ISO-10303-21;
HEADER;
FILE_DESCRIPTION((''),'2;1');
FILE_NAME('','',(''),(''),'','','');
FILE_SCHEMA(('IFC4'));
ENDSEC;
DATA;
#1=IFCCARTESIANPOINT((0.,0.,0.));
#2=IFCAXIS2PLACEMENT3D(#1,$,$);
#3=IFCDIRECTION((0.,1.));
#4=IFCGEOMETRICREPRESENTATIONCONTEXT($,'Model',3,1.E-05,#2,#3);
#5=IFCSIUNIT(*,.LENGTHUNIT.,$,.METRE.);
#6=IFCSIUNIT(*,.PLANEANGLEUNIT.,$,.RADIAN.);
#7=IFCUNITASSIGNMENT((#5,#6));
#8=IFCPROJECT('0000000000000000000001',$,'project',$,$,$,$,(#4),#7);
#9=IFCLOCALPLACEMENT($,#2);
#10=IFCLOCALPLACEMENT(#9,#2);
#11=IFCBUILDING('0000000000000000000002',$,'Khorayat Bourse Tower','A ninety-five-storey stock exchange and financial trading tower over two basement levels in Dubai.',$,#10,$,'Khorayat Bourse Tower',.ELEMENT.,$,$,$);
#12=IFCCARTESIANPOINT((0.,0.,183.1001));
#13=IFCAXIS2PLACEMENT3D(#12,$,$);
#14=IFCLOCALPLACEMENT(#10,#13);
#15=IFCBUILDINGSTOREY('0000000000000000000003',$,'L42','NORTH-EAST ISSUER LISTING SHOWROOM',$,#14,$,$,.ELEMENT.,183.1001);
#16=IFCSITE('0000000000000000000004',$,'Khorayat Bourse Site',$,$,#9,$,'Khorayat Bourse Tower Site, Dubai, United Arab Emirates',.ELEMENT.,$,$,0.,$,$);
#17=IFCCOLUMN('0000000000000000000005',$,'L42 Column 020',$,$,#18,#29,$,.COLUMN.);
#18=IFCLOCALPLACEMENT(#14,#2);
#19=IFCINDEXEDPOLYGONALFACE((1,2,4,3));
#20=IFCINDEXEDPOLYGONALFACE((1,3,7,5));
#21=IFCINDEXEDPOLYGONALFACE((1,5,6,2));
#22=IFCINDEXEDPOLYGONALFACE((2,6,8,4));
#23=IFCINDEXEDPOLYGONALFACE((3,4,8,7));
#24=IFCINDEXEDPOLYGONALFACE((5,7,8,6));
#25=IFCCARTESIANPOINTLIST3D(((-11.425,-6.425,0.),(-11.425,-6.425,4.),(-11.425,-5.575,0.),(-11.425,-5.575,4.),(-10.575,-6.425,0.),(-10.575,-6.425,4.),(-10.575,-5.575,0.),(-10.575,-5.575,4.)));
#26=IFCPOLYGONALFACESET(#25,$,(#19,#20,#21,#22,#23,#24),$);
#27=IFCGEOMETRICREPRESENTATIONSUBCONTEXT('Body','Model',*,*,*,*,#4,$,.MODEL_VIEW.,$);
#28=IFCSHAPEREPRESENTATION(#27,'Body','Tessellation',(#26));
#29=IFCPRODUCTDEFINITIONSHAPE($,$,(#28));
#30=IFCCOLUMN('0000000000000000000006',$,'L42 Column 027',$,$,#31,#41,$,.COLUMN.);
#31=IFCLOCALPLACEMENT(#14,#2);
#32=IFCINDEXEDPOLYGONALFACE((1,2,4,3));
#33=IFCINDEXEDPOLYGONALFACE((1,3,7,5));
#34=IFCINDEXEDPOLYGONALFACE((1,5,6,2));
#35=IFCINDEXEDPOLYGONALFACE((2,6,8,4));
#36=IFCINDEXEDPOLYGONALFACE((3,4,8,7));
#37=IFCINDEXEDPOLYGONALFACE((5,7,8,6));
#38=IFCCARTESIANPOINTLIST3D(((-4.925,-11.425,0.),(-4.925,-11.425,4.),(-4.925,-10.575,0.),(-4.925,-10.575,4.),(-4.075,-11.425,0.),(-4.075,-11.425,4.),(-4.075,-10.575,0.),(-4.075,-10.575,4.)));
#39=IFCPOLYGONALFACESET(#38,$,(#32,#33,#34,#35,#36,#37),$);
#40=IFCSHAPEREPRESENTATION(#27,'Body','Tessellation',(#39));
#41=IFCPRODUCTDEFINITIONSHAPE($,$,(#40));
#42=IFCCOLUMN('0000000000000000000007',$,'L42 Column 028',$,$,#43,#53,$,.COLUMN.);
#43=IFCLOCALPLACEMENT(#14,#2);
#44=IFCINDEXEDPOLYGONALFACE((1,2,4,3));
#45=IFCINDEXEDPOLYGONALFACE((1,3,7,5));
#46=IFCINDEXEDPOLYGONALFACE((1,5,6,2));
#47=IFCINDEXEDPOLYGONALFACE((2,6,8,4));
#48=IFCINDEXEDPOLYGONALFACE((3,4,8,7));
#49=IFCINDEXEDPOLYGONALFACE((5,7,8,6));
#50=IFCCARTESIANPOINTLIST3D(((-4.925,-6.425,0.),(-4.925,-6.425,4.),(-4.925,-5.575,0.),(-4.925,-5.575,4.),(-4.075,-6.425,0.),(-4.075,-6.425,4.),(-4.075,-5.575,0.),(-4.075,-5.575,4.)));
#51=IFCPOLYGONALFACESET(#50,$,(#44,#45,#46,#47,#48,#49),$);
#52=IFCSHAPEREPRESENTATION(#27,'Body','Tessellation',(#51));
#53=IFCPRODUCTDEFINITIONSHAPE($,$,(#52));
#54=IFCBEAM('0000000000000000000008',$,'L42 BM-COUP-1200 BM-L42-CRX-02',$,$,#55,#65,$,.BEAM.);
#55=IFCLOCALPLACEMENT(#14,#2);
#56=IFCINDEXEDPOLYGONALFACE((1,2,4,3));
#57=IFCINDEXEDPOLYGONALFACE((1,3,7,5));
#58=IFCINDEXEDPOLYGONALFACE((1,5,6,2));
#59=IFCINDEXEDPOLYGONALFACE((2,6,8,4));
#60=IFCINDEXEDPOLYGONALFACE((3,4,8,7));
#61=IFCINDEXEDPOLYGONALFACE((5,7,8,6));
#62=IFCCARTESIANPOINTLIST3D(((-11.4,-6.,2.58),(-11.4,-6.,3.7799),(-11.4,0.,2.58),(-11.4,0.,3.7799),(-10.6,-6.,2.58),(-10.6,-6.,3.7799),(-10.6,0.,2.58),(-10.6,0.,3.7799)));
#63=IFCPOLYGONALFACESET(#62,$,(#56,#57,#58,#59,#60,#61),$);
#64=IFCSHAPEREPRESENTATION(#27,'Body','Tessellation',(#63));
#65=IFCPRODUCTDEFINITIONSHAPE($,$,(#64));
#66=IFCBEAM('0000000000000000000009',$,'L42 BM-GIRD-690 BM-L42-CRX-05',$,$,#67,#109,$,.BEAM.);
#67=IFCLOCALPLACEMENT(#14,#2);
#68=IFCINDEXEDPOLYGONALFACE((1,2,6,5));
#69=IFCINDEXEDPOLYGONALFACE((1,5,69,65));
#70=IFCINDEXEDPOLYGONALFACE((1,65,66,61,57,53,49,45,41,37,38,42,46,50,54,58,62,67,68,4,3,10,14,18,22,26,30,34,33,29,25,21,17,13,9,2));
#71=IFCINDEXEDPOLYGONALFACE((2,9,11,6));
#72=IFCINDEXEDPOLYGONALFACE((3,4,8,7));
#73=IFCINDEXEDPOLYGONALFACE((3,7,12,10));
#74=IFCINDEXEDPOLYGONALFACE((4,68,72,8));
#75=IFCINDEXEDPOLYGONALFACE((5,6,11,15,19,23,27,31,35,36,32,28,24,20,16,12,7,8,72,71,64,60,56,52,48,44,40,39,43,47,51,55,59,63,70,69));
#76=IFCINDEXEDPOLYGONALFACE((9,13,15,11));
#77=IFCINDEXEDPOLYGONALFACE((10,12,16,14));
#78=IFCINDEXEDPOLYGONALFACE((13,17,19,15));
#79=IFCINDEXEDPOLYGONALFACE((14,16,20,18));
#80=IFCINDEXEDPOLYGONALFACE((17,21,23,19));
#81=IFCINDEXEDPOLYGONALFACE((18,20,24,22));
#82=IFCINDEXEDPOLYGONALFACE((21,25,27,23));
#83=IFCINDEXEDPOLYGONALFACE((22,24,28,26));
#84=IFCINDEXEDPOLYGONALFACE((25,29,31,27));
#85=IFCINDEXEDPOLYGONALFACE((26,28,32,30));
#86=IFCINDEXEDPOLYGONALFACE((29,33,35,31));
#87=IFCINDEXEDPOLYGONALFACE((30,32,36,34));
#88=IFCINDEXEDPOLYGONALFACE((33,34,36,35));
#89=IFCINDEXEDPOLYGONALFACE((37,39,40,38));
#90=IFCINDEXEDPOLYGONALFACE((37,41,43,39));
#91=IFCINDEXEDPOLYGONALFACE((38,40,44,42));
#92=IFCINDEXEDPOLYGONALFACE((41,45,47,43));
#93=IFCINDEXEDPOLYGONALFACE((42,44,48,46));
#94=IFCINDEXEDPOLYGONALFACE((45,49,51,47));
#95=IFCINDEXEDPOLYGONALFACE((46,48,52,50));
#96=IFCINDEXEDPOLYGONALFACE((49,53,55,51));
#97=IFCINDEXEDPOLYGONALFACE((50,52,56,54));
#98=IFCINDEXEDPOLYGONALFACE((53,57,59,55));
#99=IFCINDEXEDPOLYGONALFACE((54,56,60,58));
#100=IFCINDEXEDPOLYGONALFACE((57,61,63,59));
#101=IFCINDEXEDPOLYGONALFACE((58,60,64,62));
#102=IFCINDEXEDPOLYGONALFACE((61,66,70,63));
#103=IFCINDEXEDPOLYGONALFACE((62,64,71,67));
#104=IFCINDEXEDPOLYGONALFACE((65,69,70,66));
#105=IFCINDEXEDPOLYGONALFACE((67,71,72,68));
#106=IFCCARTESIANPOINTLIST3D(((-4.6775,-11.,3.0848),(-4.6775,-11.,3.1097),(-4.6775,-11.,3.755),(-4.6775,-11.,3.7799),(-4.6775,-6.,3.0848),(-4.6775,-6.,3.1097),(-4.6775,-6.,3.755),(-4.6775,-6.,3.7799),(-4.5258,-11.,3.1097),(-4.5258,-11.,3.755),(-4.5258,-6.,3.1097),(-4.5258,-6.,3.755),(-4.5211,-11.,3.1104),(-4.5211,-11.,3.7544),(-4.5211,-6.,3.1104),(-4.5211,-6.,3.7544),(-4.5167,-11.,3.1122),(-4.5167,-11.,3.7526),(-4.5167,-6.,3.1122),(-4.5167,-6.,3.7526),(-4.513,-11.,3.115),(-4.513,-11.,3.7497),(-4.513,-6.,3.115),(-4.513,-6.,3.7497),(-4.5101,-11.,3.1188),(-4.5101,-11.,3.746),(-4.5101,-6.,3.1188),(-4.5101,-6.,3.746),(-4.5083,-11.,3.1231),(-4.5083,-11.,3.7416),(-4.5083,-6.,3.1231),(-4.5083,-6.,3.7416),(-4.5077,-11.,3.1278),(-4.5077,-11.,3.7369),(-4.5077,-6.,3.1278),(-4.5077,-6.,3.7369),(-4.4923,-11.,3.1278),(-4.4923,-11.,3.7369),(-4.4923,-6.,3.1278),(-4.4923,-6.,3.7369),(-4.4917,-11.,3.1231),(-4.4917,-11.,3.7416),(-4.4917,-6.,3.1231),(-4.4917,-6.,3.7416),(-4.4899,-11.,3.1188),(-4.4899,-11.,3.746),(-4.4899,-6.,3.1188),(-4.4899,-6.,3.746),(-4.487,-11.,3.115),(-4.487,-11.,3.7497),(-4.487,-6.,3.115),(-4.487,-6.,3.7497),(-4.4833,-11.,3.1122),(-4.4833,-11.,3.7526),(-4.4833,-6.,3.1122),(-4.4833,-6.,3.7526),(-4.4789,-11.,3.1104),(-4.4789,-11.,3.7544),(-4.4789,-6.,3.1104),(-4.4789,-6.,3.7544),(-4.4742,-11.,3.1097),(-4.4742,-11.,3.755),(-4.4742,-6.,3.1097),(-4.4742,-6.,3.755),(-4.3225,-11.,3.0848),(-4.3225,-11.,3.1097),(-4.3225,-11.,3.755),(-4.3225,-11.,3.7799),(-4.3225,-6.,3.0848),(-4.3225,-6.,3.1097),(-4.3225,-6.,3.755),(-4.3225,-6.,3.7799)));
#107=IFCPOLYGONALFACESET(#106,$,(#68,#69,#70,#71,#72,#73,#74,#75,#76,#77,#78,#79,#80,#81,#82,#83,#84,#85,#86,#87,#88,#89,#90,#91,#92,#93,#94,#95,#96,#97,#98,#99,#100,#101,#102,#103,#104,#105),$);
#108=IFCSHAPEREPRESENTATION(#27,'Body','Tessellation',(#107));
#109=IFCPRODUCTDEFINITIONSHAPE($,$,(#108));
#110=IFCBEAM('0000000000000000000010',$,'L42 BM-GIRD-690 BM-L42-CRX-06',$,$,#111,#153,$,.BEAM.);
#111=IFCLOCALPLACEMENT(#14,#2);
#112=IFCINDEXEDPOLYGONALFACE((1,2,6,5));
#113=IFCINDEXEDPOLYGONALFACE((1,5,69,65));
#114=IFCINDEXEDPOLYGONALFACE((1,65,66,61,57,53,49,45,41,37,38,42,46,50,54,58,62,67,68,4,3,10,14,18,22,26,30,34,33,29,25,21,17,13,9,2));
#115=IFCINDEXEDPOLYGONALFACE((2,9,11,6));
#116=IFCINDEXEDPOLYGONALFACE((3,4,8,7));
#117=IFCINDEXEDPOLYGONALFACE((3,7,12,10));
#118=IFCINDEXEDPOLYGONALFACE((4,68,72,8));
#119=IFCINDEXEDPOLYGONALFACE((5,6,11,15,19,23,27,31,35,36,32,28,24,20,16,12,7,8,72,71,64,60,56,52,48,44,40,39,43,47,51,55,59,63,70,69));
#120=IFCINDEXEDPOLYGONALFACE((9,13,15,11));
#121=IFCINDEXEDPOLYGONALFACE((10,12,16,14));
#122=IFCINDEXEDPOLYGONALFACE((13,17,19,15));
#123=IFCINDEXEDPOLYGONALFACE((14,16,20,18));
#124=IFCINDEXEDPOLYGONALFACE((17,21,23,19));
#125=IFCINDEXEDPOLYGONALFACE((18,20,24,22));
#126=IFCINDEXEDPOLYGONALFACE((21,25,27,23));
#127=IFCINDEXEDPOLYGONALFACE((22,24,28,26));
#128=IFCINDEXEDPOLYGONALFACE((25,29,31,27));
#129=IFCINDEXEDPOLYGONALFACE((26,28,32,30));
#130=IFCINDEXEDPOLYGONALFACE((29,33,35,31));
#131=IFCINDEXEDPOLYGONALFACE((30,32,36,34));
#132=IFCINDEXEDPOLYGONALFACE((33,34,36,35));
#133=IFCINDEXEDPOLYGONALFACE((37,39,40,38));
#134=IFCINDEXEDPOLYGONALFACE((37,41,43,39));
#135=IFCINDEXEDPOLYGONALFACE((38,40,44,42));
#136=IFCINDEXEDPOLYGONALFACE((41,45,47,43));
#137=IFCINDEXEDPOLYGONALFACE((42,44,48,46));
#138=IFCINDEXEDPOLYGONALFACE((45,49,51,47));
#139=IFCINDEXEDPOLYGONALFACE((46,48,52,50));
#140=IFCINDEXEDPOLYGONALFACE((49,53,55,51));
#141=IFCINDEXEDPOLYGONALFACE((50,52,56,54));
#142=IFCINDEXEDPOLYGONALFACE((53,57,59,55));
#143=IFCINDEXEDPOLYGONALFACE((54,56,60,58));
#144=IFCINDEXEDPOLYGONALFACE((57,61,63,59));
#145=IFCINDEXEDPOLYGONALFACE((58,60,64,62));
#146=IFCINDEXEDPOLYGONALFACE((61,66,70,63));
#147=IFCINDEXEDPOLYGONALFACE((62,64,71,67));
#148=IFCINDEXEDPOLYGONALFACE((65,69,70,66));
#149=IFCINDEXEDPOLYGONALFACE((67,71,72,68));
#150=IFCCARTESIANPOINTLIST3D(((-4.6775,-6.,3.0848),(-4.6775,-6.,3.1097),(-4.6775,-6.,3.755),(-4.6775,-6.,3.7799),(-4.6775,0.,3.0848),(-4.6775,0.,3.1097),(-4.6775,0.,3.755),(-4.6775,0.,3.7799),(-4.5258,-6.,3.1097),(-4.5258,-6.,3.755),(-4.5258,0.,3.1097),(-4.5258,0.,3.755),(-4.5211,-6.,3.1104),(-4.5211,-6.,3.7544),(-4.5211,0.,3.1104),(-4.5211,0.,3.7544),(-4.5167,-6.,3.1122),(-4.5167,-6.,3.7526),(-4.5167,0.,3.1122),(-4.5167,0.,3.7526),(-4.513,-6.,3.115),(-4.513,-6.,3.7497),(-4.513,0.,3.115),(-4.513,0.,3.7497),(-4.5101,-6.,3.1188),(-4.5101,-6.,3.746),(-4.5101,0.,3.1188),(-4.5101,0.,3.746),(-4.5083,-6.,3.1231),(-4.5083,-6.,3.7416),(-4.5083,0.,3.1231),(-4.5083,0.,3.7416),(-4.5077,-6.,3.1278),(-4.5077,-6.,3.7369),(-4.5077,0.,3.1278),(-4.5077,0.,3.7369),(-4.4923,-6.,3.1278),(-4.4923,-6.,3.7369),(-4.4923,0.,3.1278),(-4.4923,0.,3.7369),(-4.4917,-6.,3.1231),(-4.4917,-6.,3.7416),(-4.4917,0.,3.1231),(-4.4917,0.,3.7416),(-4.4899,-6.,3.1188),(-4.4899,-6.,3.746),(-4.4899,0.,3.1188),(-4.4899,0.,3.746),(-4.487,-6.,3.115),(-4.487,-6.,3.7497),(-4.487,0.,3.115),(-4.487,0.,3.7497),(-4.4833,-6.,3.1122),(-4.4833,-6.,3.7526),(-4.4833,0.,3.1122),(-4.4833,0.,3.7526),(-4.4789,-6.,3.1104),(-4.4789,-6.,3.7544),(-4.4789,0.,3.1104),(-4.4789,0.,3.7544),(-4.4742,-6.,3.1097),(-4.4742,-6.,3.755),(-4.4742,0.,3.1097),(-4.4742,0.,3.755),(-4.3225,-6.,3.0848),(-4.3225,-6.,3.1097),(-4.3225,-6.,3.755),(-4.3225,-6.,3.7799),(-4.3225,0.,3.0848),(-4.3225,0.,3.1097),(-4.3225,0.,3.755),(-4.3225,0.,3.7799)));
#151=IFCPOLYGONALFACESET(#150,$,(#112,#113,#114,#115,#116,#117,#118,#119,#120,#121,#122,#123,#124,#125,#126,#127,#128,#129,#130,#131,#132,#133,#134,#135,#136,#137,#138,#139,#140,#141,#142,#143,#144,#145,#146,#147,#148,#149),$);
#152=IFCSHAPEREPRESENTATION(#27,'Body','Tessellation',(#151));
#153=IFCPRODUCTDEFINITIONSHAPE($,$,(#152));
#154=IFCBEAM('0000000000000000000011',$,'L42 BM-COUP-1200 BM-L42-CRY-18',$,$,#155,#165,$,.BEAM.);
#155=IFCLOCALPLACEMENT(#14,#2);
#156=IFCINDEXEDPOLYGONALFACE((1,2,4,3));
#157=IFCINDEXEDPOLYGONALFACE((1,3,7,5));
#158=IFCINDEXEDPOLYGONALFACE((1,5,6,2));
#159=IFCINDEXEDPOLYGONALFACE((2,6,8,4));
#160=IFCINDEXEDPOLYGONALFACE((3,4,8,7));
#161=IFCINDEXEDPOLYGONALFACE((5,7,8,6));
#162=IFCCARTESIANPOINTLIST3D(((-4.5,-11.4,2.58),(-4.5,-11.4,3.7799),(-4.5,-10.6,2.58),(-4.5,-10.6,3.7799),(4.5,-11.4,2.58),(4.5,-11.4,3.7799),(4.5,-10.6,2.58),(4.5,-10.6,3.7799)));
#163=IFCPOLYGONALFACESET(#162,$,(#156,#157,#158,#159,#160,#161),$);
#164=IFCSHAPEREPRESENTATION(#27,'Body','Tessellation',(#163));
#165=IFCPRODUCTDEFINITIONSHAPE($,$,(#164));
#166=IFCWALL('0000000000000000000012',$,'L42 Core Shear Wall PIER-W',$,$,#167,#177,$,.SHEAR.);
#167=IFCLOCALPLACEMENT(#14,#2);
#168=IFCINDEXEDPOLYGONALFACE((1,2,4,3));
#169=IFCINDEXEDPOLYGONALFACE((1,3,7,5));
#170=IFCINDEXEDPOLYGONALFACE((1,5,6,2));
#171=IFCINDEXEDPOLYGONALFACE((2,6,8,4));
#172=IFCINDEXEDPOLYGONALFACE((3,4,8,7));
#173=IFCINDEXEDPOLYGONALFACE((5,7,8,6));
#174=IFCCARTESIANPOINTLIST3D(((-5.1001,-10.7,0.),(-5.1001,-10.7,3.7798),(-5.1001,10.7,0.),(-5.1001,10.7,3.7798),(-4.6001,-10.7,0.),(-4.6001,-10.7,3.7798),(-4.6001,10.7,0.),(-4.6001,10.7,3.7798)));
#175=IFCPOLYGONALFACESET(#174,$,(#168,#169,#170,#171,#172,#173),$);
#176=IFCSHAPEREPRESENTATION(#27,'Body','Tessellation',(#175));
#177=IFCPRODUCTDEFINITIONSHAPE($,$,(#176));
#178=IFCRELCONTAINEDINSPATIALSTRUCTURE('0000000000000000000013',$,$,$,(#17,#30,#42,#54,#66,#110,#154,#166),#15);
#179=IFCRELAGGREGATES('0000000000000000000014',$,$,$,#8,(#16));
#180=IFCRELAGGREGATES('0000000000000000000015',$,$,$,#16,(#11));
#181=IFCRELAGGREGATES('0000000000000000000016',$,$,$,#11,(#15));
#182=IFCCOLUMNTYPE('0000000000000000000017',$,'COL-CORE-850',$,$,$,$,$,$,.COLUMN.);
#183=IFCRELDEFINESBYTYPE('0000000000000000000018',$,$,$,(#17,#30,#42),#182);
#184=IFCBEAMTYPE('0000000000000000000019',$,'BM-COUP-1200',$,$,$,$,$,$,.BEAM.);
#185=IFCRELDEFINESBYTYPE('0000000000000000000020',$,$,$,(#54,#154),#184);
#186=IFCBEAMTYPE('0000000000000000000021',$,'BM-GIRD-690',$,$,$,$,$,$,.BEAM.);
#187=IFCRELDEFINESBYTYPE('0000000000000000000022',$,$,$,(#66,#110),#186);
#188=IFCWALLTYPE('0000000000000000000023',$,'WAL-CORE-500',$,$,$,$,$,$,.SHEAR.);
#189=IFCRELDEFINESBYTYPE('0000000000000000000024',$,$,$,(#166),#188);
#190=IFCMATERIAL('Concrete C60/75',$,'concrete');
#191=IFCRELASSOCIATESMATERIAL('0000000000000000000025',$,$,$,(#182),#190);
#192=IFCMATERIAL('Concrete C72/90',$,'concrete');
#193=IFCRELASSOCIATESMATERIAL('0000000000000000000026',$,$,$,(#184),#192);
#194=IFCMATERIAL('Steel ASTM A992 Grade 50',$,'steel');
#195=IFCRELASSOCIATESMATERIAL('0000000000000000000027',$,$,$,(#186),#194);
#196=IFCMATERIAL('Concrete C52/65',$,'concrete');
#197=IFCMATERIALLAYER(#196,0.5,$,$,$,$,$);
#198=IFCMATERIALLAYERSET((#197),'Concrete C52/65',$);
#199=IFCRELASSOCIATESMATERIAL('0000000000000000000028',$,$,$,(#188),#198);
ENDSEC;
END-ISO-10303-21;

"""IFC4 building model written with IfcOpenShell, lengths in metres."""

from ifc_helpers import new_model, si_unit, direction, frame, frame_2d, origin, origin_2d, place, context, subcontext, project, spatial, rectangle, i_section, extrude, source, transform, mapped, material, layer, layer_set, material_profile, profile_set, type_object, element, save


model = new_model("IFC4")

# Units and contexts
model_context = context("Model", 3, precision=1e-05, world=origin(), true_north=direction((0.0, 1.0)))
body_context = subcontext(model_context, "Body", "Model", "MODEL_VIEW")
ifc_project = project(units=[si_unit("LENGTHUNIT", "METRE"), si_unit("PLANEANGLEUNIT", "RADIAN")], contexts=[model_context])

# Site, building, storey
site_placement = place(None, origin())
site = spatial("IfcSite", under=ifc_project, at=site_placement, Name="Khorayat Bourse Site", LongName="Khorayat Bourse Tower Site, Dubai, United Arab Emirates", CompositionType="ELEMENT", RefElevation=0.0)
building_placement = place(site_placement, origin())
building = spatial("IfcBuilding", under=site, at=building_placement, Name="Khorayat Bourse Tower", Description="A ninety-five-storey stock exchange and financial trading tower over two basement levels in Dubai.", LongName="Khorayat Bourse Tower", CompositionType="ELEMENT")
storey_placement = place(building_placement, frame((0.0, 0.0, 183.1001)))
storey = spatial("IfcBuildingStorey", under=building, at=storey_placement, Name="L42", Description="NORTH-EAST ISSUER LISTING SHOWROOM", CompositionType="ELEMENT", Elevation=183.1001)

# Columns
ifc_material_1 = material(Name="Concrete C60/75", Category="concrete")
ifc_material_profile_1 = material_profile(ifc_material_1, rectangle(XDim=0.8501, YDim=0.8501, at=origin_2d()), Name="RC 850x850")
ifc_profile_set_1 = profile_set([ifc_material_profile_1], Name="Concrete C60/75")
column_type = type_object("IfcColumnType", Name="COL-CORE-850", PredefinedType="COLUMN", material=ifc_profile_set_1)
shared_shape_1 = source(origin(), body_context, "Body", "SweptSolid", [
    extrude(rectangle(XDim=0.8501, YDim=0.8501, at=origin_2d()), origin(), (0.0, 0.0, 1.0), 4.0),
])
for number, where, z_axis, x_axis, name in (
    (1, (-11.0, -6.0, 0.0), (0.0, 0.0, 1.0), (1.0, 0.0, 0.0), "L42 Column 020"),
    (2, (-4.5, -11.0, 0.0), (0.0, 0.0, 1.0), (1.0, 0.0, 0.0), "L42 Column 027"),
    (3, (-4.5, -6.0, 0.0), (0.0, 0.0, 1.0), (1.0, 0.0, 0.0), "L42 Column 028"),
):
    element("IfcColumn", number, at=place(storey_placement, frame(where, z_axis=z_axis, x_axis=x_axis)), inside=storey, type_object=column_type, Name=name, PredefinedType="COLUMN", context=body_context, shape_type="MappedRepresentation", body=[
        mapped(shared_shape_1, transform((0.0, 0.0, 0.0), scale=1.0)),
    ])

# Beams
ifc_material_2 = material(Name="Concrete C72/90", Category="concrete")
ifc_material_profile_2 = material_profile(ifc_material_2, rectangle(XDim=0.8, YDim=1.2, at=origin_2d()), Name="RC 800x1200")
ifc_profile_set_2 = profile_set([ifc_material_profile_2], Name="Concrete C72/90")
beam_type_1 = type_object("IfcBeamType", Name="BM-COUP-1200", PredefinedType="BEAM", material=ifc_profile_set_2)
shared_shape_2 = source(origin(), body_context, "Body", "SweptSolid", [
    extrude(rectangle(XDim=0.8, YDim=1.2, at=origin_2d()), origin(), (0.0, 0.0, 1.0), 6.0),
])
beam_1_placement = place(storey_placement, frame((-11.0, -6.0, 3.1799), z_axis=(0.0, 1.0, 0.0), x_axis=(-1.0, 0.0, 0.0)))
element("IfcBeam", 4, at=beam_1_placement, inside=storey, type_object=beam_type_1, Name="L42 BM-COUP-1200 BM-L42-CRX-02", PredefinedType="BEAM", context=body_context, shape_type="MappedRepresentation", body=[
    mapped(shared_shape_2, transform((0.0, 0.0, 0.0), scale=1.0)),
])
ifc_material_3 = material(Name="Steel ASTM A992 Grade 50", Category="steel")
ifc_material_profile_3 = material_profile(ifc_material_3, i_section(OverallWidth=0.355, OverallDepth=0.6951, WebThickness=0.0154, FlangeThickness=0.0249, FilletRadius=0.0181, at=origin_2d()), Name="W690X217")
ifc_profile_set_3 = profile_set([ifc_material_profile_3], Name="Steel ASTM A992 Grade 50")
beam_type_2 = type_object("IfcBeamType", Name="BM-GIRD-690", PredefinedType="BEAM", material=ifc_profile_set_3)
shared_shape_3 = source(origin(), body_context, "Body", "SweptSolid", [
    extrude(i_section(OverallWidth=0.355, OverallDepth=0.6951, WebThickness=0.0154, FlangeThickness=0.0249, FilletRadius=0.0181, at=origin_2d()), origin(), (0.0, 0.0, 1.0), 5.0),
])
beam_2_placement = place(storey_placement, frame((-4.5, -11.0, 3.4324), z_axis=(0.0, 1.0, 0.0), x_axis=(-1.0, 0.0, 0.0)))
element("IfcBeam", 5, at=beam_2_placement, inside=storey, type_object=beam_type_2, Name="L42 BM-GIRD-690 BM-L42-CRX-05", PredefinedType="BEAM", context=body_context, shape_type="MappedRepresentation", body=[
    mapped(shared_shape_3, transform((0.0, 0.0, 0.0), scale=1.0)),
])
shared_shape_4 = source(origin(), body_context, "Body", "SweptSolid", [
    extrude(i_section(OverallWidth=0.355, OverallDepth=0.6951, WebThickness=0.0154, FlangeThickness=0.0249, FilletRadius=0.0181, at=origin_2d()), origin(), (0.0, 0.0, 1.0), 6.0),
])
beam_3_placement = place(storey_placement, frame((-4.5, -6.0, 3.4324), z_axis=(0.0, 1.0, 0.0), x_axis=(-1.0, 0.0, 0.0)))
element("IfcBeam", 6, at=beam_3_placement, inside=storey, type_object=beam_type_2, Name="L42 BM-GIRD-690 BM-L42-CRX-06", PredefinedType="BEAM", context=body_context, shape_type="MappedRepresentation", body=[
    mapped(shared_shape_4, transform((0.0, 0.0, 0.0), scale=1.0)),
])
shared_shape_5 = source(origin(), body_context, "Body", "SweptSolid", [
    extrude(rectangle(XDim=0.8, YDim=1.2, at=origin_2d()), origin(), (0.0, 0.0, 1.0), 9.0),
])
beam_4_placement = place(storey_placement, frame((-4.5, -11.0, 3.1799), z_axis=(1.0, 0.0, 0.0), x_axis=(0.0, 1.0, 0.0)))
element("IfcBeam", 7, at=beam_4_placement, inside=storey, type_object=beam_type_1, Name="L42 BM-COUP-1200 BM-L42-CRY-18", PredefinedType="BEAM", context=body_context, shape_type="MappedRepresentation", body=[
    mapped(shared_shape_5, transform((0.0, 0.0, 0.0), scale=1.0)),
])

# Wall
ifc_material_4 = material(Name="Concrete C52/65", Category="concrete")
ifc_layer_1 = layer(ifc_material_4, 0.5)
ifc_layer_set_1 = layer_set([ifc_layer_1], Name="Concrete C52/65")
wall_type_1 = type_object("IfcWallType", Name="WAL-CORE-500", PredefinedType="SHEAR", material=ifc_layer_set_1)
shared_shape_6 = source(origin(), body_context, "Body", "SweptSolid", [
    extrude(rectangle(XDim=21.3999, YDim=0.5, at=frame_2d((10.7, 0.0))), origin(), (0.0, 0.0, 1.0), 3.7798),
])
wall_1_placement = place(storey_placement, frame((-4.8501, -10.7, 0.0), z_axis=(0.0, 0.0, 1.0), x_axis=(0.0, 1.0, 0.0)))
element("IfcWall", 8, at=wall_1_placement, inside=storey, type_object=wall_type_1, Name="L42 Core Shear Wall PIER-W", PredefinedType="SHEAR", context=body_context, shape_type="MappedRepresentation", body=[
    mapped(shared_shape_6, transform((0.0, 0.0, 0.0), scale=1.0)),
])

save(model, "model.ifc")
